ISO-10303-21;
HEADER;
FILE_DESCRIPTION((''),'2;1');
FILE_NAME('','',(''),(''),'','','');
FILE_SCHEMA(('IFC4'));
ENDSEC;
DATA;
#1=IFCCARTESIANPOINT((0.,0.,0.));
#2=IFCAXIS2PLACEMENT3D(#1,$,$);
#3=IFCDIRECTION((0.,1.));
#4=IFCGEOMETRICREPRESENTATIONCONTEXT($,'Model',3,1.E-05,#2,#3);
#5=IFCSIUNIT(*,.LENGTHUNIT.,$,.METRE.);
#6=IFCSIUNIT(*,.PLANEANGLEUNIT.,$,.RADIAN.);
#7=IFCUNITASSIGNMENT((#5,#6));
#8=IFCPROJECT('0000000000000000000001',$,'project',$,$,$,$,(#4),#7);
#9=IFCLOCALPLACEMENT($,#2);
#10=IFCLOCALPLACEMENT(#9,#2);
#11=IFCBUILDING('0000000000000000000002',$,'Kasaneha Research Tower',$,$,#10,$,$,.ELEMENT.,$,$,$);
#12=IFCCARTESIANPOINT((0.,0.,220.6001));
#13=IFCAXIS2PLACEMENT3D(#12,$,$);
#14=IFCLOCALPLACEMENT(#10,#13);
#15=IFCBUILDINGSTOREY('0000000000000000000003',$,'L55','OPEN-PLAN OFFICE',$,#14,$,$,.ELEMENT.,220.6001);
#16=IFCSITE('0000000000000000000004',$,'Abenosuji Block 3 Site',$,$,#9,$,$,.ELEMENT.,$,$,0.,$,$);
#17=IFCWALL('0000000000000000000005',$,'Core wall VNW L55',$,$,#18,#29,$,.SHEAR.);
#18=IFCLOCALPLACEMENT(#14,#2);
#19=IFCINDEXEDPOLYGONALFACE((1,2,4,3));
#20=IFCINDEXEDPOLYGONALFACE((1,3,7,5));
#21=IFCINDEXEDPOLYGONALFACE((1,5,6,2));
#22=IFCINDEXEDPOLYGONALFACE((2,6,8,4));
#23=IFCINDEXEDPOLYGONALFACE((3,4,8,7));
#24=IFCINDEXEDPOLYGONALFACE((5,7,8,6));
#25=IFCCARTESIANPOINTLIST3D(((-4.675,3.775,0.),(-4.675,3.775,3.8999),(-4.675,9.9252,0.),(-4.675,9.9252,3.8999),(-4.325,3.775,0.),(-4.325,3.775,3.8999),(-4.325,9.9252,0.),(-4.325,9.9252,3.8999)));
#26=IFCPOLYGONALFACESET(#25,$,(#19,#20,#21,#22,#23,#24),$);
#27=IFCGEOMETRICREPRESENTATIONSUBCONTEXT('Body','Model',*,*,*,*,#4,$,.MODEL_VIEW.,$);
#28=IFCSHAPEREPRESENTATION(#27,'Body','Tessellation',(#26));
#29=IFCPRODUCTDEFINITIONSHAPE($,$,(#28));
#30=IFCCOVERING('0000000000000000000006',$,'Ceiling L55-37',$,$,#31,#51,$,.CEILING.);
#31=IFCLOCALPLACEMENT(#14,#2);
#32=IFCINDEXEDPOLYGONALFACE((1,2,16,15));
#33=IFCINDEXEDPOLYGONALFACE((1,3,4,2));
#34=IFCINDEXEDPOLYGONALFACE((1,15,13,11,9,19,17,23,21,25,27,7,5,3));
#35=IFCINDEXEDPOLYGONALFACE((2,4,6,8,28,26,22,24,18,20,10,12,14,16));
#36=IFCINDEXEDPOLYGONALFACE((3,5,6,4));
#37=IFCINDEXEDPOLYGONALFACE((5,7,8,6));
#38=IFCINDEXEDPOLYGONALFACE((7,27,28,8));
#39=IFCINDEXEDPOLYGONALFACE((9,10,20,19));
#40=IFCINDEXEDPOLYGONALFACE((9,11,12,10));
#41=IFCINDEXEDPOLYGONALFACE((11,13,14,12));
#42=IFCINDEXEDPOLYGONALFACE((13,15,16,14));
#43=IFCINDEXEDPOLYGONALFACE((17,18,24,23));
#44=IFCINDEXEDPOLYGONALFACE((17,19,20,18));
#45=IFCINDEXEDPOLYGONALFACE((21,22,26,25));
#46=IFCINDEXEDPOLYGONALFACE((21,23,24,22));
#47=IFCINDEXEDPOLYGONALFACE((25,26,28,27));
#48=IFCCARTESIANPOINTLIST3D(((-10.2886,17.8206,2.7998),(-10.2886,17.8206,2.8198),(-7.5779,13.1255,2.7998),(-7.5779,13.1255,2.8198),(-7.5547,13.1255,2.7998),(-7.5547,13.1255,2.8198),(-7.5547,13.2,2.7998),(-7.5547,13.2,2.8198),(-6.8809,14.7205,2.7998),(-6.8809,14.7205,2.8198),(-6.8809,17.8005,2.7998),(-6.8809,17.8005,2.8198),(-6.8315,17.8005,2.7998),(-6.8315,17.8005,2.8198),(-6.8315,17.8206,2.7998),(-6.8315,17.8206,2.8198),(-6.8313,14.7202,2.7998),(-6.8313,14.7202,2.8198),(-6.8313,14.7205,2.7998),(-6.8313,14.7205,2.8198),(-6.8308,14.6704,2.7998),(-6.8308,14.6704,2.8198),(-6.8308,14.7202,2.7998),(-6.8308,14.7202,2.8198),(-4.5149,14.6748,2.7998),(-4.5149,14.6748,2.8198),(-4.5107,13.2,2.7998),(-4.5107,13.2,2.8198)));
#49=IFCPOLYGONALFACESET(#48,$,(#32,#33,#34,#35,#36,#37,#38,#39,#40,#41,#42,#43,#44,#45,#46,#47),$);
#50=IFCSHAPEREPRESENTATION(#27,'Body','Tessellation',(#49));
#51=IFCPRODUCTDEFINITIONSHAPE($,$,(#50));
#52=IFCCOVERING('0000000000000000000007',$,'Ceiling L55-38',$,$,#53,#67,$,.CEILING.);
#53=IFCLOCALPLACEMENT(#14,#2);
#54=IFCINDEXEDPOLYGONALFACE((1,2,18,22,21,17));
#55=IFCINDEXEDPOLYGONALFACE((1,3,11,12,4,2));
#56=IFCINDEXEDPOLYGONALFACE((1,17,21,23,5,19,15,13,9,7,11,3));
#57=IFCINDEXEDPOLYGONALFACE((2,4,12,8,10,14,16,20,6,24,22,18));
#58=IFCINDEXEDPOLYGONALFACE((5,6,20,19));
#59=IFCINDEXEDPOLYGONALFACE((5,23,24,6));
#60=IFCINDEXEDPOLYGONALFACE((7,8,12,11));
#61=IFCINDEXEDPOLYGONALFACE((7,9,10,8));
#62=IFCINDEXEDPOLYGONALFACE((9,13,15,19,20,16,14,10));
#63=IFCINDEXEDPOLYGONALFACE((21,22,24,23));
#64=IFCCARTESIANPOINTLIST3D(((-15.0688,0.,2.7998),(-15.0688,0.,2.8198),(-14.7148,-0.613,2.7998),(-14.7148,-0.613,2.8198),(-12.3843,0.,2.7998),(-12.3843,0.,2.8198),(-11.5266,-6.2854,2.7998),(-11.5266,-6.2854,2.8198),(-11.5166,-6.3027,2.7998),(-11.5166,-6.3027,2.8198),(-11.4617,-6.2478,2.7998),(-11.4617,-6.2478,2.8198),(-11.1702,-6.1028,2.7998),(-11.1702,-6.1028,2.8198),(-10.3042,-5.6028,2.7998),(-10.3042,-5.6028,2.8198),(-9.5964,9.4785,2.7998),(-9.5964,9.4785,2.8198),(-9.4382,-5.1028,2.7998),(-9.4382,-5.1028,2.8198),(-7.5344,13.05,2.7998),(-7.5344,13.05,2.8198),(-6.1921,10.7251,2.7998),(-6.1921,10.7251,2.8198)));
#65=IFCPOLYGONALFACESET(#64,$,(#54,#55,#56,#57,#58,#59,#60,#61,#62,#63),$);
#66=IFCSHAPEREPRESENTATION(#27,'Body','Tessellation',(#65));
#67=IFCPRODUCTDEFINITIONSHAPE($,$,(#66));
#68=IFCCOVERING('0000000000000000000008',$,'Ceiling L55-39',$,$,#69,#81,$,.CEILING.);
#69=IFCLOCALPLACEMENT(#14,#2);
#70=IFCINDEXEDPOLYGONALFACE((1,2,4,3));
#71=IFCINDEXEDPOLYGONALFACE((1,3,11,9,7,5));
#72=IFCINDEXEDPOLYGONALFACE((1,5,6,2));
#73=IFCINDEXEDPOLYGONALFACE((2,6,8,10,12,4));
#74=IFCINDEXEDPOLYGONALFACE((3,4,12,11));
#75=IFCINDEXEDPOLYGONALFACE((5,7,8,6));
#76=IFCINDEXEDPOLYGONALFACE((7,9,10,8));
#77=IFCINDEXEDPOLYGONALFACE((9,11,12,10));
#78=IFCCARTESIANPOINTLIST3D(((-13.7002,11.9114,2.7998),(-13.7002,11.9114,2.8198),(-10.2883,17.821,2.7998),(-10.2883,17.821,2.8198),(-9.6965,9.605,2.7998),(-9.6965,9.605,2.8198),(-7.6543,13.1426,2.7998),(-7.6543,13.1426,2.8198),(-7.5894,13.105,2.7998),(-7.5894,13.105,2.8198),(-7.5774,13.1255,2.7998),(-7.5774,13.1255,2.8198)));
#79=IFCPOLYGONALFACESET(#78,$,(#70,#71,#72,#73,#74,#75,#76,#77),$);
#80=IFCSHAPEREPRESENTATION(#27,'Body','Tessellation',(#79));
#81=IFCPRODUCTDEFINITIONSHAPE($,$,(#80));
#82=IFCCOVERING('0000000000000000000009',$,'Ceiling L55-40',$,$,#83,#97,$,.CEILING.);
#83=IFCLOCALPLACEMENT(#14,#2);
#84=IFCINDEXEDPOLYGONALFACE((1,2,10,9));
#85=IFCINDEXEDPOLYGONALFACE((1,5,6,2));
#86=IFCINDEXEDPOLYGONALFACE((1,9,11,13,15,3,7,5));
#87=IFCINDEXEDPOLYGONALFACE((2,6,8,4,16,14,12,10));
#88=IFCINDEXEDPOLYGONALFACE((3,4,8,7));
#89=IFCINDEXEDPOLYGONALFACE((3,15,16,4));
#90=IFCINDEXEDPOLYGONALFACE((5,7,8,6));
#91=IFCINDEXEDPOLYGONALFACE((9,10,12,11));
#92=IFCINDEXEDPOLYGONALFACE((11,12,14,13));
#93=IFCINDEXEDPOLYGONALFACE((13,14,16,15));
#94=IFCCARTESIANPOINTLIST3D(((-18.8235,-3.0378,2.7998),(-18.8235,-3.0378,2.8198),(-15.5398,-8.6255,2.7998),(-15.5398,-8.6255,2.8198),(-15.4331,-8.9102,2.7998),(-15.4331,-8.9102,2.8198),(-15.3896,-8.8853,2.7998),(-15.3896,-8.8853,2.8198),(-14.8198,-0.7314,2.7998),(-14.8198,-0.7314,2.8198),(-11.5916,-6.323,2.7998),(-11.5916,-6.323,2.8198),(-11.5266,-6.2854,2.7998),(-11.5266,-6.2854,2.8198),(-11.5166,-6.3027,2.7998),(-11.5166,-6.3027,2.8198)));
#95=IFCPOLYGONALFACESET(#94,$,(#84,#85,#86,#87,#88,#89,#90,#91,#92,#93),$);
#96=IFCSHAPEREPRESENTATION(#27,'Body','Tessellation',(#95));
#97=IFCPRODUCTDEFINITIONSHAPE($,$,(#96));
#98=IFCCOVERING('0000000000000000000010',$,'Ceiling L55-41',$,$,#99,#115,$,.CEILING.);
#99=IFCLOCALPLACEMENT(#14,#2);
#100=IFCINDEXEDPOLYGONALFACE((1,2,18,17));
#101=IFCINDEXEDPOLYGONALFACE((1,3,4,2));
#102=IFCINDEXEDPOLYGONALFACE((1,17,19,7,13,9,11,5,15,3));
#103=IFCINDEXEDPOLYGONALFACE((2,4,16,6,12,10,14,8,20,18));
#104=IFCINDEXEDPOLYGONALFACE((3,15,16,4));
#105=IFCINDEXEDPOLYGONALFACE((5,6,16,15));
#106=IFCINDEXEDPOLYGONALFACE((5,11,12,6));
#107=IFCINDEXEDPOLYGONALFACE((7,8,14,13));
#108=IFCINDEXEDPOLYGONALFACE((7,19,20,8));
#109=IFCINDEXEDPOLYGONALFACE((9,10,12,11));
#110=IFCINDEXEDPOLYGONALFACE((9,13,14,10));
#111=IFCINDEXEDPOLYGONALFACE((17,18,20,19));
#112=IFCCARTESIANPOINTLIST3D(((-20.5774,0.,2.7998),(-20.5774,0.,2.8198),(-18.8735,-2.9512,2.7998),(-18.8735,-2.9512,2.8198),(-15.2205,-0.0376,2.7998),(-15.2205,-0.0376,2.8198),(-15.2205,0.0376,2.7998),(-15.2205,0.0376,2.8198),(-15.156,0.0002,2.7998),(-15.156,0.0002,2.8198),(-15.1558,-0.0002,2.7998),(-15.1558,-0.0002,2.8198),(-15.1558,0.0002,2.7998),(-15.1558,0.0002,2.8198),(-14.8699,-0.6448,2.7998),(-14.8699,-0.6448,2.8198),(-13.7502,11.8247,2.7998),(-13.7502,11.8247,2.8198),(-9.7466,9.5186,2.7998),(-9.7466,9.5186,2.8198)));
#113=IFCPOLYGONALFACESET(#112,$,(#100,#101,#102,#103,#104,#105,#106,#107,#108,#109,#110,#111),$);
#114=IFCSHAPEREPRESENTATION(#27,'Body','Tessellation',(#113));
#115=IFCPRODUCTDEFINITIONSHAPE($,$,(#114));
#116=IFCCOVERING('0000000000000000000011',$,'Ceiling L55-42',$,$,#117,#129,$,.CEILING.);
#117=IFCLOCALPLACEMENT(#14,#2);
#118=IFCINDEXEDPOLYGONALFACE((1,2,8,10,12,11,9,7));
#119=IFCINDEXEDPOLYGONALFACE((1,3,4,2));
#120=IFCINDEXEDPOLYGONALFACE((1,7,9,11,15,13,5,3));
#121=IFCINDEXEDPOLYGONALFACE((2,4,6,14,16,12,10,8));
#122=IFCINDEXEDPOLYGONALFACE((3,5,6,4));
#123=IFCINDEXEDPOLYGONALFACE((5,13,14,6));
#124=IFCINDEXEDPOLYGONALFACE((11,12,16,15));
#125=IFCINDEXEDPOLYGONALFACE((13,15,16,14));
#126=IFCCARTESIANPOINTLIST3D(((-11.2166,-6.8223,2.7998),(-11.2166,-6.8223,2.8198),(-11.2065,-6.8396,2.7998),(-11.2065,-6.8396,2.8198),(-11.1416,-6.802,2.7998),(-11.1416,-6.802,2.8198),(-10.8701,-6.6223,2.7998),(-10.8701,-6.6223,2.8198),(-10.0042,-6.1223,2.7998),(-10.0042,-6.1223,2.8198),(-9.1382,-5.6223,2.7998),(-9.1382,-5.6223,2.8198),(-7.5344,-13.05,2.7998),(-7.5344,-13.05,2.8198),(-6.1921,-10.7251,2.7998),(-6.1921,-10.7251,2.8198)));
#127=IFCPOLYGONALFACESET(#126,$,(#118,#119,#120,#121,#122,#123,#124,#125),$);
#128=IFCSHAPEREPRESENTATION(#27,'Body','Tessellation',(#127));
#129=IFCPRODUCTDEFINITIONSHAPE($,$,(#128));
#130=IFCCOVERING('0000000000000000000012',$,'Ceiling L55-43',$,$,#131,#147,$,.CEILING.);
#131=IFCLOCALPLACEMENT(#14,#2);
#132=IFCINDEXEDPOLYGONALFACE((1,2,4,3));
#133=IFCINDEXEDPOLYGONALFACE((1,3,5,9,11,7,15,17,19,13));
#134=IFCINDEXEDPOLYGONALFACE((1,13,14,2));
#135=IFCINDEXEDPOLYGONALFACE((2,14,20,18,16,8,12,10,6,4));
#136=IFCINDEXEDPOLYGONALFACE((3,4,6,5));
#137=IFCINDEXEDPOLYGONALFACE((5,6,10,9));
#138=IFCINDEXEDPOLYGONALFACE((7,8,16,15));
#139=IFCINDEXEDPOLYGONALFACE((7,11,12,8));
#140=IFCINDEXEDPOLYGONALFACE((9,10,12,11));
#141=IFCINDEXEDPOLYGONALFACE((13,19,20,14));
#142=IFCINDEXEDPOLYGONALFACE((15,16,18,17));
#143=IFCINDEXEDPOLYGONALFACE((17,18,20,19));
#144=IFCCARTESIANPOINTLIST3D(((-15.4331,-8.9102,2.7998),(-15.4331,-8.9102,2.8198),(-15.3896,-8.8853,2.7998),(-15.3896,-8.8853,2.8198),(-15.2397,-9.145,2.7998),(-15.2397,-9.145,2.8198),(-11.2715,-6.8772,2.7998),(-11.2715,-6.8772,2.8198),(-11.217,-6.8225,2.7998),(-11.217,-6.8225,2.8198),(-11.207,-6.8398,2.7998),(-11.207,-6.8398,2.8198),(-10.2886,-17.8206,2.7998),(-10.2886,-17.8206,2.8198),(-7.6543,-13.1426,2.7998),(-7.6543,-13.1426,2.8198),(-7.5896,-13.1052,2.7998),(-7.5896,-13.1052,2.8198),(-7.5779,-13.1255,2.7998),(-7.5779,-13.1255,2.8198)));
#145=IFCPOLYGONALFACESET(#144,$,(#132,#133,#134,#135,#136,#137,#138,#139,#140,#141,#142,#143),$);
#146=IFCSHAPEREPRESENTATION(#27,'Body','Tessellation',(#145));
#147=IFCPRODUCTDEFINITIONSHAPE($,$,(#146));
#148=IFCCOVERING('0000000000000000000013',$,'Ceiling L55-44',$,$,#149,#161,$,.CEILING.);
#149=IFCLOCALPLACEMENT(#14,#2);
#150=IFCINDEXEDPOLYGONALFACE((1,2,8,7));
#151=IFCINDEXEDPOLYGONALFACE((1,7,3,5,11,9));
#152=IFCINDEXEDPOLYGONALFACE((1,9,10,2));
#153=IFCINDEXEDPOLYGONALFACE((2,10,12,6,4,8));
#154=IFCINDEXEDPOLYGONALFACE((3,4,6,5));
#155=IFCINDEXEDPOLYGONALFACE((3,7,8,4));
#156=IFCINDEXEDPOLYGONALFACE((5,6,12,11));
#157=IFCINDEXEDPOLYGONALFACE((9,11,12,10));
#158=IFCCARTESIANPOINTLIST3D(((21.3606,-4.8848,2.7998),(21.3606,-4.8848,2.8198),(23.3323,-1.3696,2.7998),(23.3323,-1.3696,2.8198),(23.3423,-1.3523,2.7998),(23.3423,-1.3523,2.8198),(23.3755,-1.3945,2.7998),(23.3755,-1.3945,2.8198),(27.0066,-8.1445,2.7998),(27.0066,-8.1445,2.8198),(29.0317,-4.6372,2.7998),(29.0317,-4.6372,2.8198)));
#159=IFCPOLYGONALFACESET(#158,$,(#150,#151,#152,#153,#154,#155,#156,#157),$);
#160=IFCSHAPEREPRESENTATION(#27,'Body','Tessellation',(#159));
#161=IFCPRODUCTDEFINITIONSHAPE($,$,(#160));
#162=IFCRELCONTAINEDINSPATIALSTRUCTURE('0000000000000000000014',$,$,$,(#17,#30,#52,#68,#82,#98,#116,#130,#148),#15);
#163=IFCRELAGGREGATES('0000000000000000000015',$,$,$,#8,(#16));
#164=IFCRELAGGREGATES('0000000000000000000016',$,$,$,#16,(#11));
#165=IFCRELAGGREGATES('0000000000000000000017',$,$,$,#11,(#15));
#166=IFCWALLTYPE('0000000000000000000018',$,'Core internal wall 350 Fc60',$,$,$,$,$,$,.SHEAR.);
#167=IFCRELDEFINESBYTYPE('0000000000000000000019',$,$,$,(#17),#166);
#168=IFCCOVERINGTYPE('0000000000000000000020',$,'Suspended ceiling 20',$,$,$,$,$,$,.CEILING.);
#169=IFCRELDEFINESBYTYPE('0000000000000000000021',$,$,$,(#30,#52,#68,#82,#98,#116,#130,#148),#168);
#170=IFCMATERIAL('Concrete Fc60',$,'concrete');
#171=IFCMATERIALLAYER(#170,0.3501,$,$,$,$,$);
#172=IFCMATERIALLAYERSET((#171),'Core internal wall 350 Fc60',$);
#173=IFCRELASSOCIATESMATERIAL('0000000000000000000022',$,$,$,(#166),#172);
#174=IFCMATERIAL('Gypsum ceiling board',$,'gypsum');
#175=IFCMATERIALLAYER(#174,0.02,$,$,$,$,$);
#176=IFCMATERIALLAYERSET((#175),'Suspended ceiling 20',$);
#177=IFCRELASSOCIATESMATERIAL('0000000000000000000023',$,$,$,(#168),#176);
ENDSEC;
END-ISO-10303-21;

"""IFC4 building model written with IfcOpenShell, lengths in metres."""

from ifc_helpers import new_model, si_unit, direction, frame, frame_2d, origin, place, context, subcontext, project, spatial, polyline, rectangle, outline, extrude, material, layer, layer_set, type_object, element, save


model = new_model("IFC4")

# Units and contexts
model_context = context("Model", 3, precision=1e-05, world=origin(), true_north=direction((0.0, 1.0)))
body_context = subcontext(model_context, "Body", "Model", "MODEL_VIEW")
ifc_project = project(units=[si_unit("LENGTHUNIT", "METRE"), si_unit("PLANEANGLEUNIT", "RADIAN")], contexts=[model_context])

# Site, building, storey
site_placement = place(None, origin())
site = spatial("IfcSite", under=ifc_project, at=site_placement, Name="Abenosuji Block 3 Site", CompositionType="ELEMENT", RefElevation=0.0)
building_placement = place(site_placement, origin())
building = spatial("IfcBuilding", under=site, at=building_placement, Name="Kasaneha Research Tower", CompositionType="ELEMENT")
storey_placement = place(building_placement, frame((0.0, 0.0, 220.6001)))
storey = spatial("IfcBuildingStorey", under=building, at=storey_placement, Name="L55", Description="OPEN-PLAN OFFICE", CompositionType="ELEMENT", Elevation=220.6001)

# Shared definitions
ifc_material_1 = material(Name="Concrete Fc60", Category="concrete")
ifc_layer_1 = layer(ifc_material_1, 0.3501)
ifc_layer_set_1 = layer_set([ifc_layer_1], Name="Core internal wall 350 Fc60")
wall_type = type_object("IfcWallType", Name="Core internal wall 350 Fc60", PredefinedType="SHEAR", material=ifc_layer_set_1)

# Wall
wall_1_placement = place(storey_placement, frame((-4.5, 3.7749, 0.0), z_axis=(0.0, 0.0, 1.0), x_axis=(0.0, 1.0, 0.0)))
element("IfcWall", 1, at=wall_1_placement, inside=storey, type_object=wall_type, Name="Core wall VNW L55", PredefinedType="SHEAR", context=body_context, shape_type="SweptSolid", body=[
    extrude(rectangle(XDim=6.1501, YDim=0.3501, at=frame_2d((3.0752, 0.0))), origin(), (0.0, 0.0, 1.0), 3.8999),
])

# Coverings
ifc_material_2 = material(Name="Gypsum ceiling board", Category="gypsum")
ifc_layer_2 = layer(ifc_material_2, 0.02)
ifc_layer_set_2 = layer_set([ifc_layer_2], Name="Suspended ceiling 20")
covering_type_1 = type_object("IfcCoveringType", Name="Suspended ceiling 20", PredefinedType="CEILING", material=ifc_layer_set_2)
covering_1_placement = place(storey_placement, frame((0.0, 0.0, 2.7998)))
element("IfcCovering", 2, at=covering_1_placement, inside=storey, type_object=covering_type_1, Name="Ceiling L55-37", PredefinedType="CEILING", context=body_context, shape_type="SweptSolid", body=[
    extrude(outline(polyline([(-6.8315, 17.8005), (-6.8809, 17.8005), (-6.8809, 14.7205), (-6.8313, 14.7205), (-6.8313, 14.7202), (-6.8308, 14.7202), (-6.8308, 14.6704), (-4.5149, 14.6748), (-4.5107, 13.2), (-7.5547, 13.2), (-7.5547, 13.1255), (-7.5779, 13.1255), (-10.2886, 17.8206), (-6.8315, 17.8206), (-6.8315, 17.8005)])), origin(), (0.0, 0.0, 1.0), 0.02),
])
covering_2_placement = place(storey_placement, frame((0.0, 0.0, 2.7998)))
element("IfcCovering", 3, at=covering_2_placement, inside=storey, type_object=covering_type_1, Name="Ceiling L55-38", PredefinedType="CEILING", context=body_context, shape_type="SweptSolid", body=[
    extrude(outline(polyline([(-12.3843, 0.0), (-9.4382, -5.1028), (-10.3042, -5.6028), (-10.3042, -5.6028), (-11.1702, -6.1028), (-11.1702, -6.1028), (-11.5166, -6.3027), (-11.5266, -6.2854), (-11.4617, -6.2478), (-14.7148, -0.613), (-14.7148, -0.613), (-15.0688, 0.0), (-9.5964, 9.4785), (-9.5964, 9.4785), (-7.5344, 13.05), (-7.5344, 13.05), (-6.1921, 10.7251), (-12.3843, 0.0)])), origin(), (0.0, 0.0, 1.0), 0.02),
])
covering_3_placement = place(storey_placement, frame((0.0, 0.0, 2.7998)))
element("IfcCovering", 4, at=covering_3_placement, inside=storey, type_object=covering_type_1, Name="Ceiling L55-39", PredefinedType="CEILING", context=body_context, shape_type="SweptSolid", body=[
    extrude(outline(polyline([(-7.5774, 13.1255), (-7.5894, 13.105), (-7.6543, 13.1426), (-9.6965, 9.605), (-13.7002, 11.9114), (-10.2883, 17.821), (-7.5774, 13.1255)])), origin(), (0.0, 0.0, 1.0), 0.02),
])
covering_4_placement = place(storey_placement, frame((0.0, 0.0, 2.7998)))
element("IfcCovering", 5, at=covering_4_placement, inside=storey, type_object=covering_type_1, Name="Ceiling L55-40", PredefinedType="CEILING", context=body_context, shape_type="SweptSolid", body=[
    extrude(outline(polyline([(-15.5398, -8.6255), (-15.3896, -8.8853), (-15.4331, -8.9102), (-18.8235, -3.0378), (-14.8198, -0.7314), (-11.5916, -6.323), (-11.5266, -6.2854), (-11.5166, -6.3027), (-15.5398, -8.6255), (-15.5398, -8.6255), (-15.5398, -8.6255)])), origin(), (0.0, 0.0, 1.0), 0.02),
])
covering_5_placement = place(storey_placement, frame((0.0, 0.0, 2.7998)))
element("IfcCovering", 6, at=covering_5_placement, inside=storey, type_object=covering_type_1, Name="Ceiling L55-41", PredefinedType="CEILING", context=body_context, shape_type="SweptSolid", body=[
    extrude(outline(polyline([(-15.156, 0.0002), (-15.1558, -0.0002), (-15.2205, -0.0376), (-14.8699, -0.6448), (-18.8735, -2.9512), (-20.5774, 0.0), (-13.7502, 11.8247), (-9.7466, 9.5186), (-15.2205, 0.0376), (-15.1558, 0.0002), (-15.156, 0.0002)])), origin(), (0.0, 0.0, 1.0), 0.02),
])
covering_6_placement = place(storey_placement, frame((0.0, 0.0, 2.7998)))
element("IfcCovering", 7, at=covering_6_placement, inside=storey, type_object=covering_type_1, Name="Ceiling L55-42", PredefinedType="CEILING", context=body_context, shape_type="SweptSolid", body=[
    extrude(outline(polyline([(-10.8701, -6.6223), (-10.0042, -6.1223), (-10.0042, -6.1223), (-9.1382, -5.6223), (-6.1921, -10.7251), (-7.5344, -13.05), (-11.1416, -6.802), (-11.2065, -6.8396), (-11.2166, -6.8223), (-10.8701, -6.6223), (-10.8701, -6.6223)])), origin(), (0.0, 0.0, 1.0), 0.02),
])
covering_7_placement = place(storey_placement, frame((0.0, 0.0, 2.7998)))
element("IfcCovering", 8, at=covering_7_placement, inside=storey, type_object=covering_type_1, Name="Ceiling L55-43", PredefinedType="CEILING", context=body_context, shape_type="SweptSolid", body=[
    extrude(outline(polyline([(-11.207, -6.8398), (-11.2715, -6.8772), (-7.6543, -13.1426), (-7.5896, -13.1052), (-7.5779, -13.1255), (-10.2886, -17.8206), (-15.4331, -8.9102), (-15.3896, -8.8853), (-15.2397, -9.145), (-15.2397, -9.145), (-15.2397, -9.145), (-11.217, -6.8225), (-11.207, -6.8398)])), origin(), (0.0, 0.0, 1.0), 0.02),
])
covering_8_placement = place(storey_placement, frame((0.0, 0.0, 2.7998)))
element("IfcCovering", 9, at=covering_8_placement, inside=storey, type_object=covering_type_1, Name="Ceiling L55-44", PredefinedType="CEILING", context=body_context, shape_type="SweptSolid", body=[
    extrude(outline(polyline([(29.0317, -4.6372), (27.0066, -8.1445), (21.3606, -4.8848), (23.3755, -1.3945), (23.3323, -1.3696), (23.3423, -1.3523), (29.0317, -4.6372)])), origin(), (0.0, 0.0, 1.0), 0.02),
])

save(model, "model.ifc")
